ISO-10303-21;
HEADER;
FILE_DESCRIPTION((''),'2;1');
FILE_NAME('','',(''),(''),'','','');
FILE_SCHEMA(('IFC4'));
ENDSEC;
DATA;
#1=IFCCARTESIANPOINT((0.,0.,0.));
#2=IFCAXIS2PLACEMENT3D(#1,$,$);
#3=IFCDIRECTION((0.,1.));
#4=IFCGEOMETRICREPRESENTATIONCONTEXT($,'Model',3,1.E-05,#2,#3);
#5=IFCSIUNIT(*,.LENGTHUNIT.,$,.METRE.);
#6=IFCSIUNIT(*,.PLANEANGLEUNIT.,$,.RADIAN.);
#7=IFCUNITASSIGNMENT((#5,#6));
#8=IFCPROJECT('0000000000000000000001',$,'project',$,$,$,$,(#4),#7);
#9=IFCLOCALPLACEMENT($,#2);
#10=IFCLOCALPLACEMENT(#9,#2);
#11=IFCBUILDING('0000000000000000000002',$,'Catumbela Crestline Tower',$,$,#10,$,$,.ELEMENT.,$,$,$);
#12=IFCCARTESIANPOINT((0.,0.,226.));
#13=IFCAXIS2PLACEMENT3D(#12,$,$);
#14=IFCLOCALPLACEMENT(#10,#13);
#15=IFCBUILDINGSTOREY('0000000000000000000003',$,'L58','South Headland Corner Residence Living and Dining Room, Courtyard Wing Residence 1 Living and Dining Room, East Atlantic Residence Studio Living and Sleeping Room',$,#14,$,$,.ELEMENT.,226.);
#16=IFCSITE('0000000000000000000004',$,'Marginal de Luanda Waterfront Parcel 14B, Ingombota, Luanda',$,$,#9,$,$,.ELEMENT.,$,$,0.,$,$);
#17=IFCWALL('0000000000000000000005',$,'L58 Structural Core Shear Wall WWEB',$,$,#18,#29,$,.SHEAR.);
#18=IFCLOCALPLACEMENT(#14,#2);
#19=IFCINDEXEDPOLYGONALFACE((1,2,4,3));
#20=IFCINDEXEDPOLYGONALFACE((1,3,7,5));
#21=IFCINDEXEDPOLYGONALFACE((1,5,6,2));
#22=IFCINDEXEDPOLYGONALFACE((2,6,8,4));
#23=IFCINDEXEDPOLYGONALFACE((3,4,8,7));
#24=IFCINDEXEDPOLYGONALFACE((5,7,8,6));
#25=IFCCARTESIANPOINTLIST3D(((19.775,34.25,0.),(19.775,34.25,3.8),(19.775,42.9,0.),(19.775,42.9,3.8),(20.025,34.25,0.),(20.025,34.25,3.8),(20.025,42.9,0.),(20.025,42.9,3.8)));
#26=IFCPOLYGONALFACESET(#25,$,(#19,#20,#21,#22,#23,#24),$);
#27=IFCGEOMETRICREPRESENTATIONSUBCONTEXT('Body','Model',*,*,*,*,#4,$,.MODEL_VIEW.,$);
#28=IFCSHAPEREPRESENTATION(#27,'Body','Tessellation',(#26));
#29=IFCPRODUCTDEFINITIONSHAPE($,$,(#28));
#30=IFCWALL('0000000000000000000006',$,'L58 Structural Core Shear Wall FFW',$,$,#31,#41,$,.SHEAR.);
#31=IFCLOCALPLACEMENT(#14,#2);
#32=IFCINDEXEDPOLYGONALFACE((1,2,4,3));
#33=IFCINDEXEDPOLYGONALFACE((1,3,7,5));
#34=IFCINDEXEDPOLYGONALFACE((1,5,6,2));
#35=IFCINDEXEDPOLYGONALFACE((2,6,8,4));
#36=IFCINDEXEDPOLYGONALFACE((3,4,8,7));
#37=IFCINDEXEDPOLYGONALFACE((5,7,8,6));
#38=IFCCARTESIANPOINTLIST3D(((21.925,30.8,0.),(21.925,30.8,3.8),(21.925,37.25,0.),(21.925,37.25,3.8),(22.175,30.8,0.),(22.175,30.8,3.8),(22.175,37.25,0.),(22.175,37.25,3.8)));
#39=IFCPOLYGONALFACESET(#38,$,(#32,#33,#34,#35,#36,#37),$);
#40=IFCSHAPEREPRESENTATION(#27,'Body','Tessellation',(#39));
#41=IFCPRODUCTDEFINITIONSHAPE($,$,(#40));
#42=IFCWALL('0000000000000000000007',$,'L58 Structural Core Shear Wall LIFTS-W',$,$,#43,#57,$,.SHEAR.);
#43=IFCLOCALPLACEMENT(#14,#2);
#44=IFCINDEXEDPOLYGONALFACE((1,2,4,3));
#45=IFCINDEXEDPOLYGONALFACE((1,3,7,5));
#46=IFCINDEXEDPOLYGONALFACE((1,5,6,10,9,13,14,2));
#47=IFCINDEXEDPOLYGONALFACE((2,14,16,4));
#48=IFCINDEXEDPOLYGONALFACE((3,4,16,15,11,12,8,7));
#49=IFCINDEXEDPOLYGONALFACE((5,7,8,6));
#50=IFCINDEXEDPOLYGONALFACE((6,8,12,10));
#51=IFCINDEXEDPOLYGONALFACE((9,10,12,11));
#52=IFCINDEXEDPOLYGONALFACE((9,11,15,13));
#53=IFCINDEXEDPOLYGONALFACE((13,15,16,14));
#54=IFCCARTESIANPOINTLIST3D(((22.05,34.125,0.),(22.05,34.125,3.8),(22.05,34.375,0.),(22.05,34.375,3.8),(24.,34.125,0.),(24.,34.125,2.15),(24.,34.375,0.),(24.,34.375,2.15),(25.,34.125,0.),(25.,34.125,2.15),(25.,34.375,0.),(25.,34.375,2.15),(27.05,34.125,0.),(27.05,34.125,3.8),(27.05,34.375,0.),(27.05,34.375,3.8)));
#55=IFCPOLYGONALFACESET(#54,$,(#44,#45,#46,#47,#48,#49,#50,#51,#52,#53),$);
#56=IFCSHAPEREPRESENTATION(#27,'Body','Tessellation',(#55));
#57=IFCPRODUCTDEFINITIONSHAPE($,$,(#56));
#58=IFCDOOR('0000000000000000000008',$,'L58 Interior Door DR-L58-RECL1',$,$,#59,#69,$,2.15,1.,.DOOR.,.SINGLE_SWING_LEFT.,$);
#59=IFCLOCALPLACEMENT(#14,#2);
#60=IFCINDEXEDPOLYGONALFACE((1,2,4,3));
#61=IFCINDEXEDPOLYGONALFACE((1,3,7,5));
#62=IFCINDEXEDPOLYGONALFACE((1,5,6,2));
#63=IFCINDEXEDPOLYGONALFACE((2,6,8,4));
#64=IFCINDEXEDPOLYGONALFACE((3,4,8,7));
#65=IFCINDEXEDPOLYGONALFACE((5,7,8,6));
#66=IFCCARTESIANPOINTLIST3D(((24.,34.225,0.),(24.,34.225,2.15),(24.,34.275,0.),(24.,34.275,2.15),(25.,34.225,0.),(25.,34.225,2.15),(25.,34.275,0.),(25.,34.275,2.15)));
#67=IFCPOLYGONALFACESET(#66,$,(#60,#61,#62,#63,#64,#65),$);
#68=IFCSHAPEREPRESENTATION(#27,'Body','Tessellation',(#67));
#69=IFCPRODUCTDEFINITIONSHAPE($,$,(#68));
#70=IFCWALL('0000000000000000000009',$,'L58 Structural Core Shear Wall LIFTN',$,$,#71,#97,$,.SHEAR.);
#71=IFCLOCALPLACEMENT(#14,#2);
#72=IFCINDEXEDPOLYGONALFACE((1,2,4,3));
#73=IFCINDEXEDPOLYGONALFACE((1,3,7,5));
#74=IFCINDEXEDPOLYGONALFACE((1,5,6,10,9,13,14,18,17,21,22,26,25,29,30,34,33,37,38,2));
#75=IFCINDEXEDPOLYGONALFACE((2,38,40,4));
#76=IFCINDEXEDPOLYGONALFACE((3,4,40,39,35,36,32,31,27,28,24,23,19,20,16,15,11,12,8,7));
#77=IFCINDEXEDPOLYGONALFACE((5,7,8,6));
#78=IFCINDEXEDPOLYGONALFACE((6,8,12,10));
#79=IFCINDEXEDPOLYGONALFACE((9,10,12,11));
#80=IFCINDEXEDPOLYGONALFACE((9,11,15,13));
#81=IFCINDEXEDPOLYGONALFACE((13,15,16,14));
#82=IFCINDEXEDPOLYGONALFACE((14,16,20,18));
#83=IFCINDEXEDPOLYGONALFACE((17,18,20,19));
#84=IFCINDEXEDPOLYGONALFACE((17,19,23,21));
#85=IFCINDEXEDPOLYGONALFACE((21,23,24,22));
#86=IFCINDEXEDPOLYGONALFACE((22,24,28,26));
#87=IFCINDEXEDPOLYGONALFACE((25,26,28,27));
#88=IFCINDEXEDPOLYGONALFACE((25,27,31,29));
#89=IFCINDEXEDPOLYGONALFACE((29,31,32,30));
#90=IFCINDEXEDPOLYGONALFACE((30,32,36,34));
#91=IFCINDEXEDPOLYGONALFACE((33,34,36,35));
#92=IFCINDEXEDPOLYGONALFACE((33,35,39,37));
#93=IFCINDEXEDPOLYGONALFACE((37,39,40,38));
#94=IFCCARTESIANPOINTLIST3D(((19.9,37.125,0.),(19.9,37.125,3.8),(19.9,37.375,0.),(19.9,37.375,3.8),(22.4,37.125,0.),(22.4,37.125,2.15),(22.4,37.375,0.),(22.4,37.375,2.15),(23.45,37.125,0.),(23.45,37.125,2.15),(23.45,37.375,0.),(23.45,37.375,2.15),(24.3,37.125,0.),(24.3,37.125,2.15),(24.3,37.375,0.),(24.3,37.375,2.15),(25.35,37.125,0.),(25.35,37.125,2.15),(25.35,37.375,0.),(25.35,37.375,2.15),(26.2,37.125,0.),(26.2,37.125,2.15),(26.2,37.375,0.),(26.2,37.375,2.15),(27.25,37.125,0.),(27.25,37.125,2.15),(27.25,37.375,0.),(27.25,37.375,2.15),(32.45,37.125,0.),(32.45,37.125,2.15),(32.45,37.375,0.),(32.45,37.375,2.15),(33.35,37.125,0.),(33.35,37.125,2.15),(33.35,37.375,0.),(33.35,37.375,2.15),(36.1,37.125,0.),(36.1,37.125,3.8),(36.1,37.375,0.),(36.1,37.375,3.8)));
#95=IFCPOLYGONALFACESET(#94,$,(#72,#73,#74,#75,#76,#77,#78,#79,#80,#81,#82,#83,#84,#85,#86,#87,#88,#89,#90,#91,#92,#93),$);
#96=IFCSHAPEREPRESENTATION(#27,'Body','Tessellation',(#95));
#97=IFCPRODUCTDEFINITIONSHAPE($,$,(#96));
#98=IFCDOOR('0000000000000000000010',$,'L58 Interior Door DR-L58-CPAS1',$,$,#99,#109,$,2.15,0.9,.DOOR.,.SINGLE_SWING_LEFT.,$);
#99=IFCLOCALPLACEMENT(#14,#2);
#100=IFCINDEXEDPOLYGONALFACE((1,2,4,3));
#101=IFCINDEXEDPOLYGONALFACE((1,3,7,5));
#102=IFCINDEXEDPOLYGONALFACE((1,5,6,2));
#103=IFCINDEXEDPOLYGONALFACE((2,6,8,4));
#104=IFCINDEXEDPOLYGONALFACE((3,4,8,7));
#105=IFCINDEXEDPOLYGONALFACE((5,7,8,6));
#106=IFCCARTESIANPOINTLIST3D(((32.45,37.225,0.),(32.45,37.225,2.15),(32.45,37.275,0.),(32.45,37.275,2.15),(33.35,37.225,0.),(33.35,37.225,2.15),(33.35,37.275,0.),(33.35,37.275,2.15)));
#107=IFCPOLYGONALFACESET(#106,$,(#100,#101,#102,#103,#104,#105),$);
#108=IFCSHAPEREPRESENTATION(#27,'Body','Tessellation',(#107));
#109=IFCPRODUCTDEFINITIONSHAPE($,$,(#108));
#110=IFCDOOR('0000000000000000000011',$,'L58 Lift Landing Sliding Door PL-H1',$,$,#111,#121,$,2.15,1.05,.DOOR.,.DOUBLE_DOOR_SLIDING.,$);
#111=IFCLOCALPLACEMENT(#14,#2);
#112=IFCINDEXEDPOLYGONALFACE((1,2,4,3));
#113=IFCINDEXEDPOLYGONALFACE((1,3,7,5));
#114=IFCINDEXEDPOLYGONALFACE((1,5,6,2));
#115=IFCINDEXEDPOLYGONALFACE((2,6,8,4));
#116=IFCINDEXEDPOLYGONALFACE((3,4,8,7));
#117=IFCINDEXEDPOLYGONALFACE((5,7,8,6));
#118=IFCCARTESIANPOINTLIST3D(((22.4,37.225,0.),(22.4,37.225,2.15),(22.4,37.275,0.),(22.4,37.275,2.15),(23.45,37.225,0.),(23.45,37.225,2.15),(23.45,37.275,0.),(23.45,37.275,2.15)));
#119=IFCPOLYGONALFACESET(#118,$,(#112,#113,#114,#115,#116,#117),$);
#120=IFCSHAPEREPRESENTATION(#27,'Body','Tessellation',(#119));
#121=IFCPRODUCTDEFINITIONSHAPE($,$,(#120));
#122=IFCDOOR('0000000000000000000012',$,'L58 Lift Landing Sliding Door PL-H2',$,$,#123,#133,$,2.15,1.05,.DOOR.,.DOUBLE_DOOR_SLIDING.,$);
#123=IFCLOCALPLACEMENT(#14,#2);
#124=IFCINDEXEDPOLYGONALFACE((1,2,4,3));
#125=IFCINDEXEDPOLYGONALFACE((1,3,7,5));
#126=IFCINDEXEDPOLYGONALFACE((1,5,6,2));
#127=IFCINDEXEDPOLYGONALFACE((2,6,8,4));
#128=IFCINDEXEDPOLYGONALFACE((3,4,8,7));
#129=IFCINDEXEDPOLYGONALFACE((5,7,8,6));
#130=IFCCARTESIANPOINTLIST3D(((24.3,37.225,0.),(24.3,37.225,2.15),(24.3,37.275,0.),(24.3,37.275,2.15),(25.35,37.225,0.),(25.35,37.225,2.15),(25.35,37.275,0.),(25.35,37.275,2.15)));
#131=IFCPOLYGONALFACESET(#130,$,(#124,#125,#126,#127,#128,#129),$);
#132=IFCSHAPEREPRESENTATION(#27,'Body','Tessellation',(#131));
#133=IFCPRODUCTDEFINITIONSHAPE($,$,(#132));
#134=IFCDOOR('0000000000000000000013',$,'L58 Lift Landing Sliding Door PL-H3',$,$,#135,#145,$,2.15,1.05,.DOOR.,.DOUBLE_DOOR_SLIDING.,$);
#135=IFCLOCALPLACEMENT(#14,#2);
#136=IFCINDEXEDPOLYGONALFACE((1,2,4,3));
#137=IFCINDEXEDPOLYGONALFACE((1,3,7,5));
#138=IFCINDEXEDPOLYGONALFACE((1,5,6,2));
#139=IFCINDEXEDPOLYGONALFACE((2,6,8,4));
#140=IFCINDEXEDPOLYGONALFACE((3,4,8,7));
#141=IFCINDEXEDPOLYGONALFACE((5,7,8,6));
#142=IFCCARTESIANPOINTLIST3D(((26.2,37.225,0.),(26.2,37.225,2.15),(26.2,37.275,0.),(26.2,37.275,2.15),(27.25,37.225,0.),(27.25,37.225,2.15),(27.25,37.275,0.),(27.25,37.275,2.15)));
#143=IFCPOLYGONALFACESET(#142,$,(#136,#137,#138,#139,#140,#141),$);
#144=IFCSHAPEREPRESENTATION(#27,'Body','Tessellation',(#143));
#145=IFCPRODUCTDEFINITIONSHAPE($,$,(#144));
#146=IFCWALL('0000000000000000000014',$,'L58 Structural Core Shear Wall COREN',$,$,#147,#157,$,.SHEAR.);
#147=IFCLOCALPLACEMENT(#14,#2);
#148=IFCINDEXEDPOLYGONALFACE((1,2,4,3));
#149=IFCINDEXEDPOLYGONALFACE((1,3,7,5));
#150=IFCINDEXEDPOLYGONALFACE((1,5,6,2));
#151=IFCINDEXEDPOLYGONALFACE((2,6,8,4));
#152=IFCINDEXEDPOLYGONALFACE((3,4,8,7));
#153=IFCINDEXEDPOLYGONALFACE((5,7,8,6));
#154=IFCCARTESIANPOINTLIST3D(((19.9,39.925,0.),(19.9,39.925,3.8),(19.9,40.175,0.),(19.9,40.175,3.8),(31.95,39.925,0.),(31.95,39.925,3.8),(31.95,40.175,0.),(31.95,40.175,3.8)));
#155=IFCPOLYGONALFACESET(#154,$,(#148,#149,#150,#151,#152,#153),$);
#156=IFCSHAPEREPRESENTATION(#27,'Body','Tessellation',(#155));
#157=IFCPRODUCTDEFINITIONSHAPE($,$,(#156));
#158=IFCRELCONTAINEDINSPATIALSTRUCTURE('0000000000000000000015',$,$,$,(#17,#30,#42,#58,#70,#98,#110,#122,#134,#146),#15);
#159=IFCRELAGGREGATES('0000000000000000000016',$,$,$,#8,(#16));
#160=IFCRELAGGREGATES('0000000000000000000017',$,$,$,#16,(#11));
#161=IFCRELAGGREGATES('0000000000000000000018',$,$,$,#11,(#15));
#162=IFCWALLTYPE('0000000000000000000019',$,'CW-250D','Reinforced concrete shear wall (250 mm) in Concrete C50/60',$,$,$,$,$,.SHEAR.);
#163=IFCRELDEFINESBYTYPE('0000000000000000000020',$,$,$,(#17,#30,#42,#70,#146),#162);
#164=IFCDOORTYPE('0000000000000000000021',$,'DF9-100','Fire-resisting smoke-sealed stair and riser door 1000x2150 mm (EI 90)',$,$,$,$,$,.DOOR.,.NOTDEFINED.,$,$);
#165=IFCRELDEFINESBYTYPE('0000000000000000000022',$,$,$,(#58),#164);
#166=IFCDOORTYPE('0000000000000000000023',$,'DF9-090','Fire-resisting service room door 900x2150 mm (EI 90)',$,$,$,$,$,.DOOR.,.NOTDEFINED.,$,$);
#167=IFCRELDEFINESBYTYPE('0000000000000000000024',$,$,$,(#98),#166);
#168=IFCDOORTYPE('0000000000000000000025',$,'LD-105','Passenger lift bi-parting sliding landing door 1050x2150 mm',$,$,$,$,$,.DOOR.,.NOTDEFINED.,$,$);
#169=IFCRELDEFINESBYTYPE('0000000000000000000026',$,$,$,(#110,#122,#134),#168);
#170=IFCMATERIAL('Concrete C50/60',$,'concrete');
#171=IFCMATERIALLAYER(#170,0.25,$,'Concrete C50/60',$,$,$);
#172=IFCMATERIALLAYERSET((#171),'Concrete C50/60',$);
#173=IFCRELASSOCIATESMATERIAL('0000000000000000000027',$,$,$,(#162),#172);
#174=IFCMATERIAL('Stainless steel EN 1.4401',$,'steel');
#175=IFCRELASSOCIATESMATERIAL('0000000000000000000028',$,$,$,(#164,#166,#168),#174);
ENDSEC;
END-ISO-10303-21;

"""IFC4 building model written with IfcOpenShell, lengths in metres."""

from ifc_helpers import new_model, si_unit, direction, frame, frame_2d, origin, place, context, subcontext, project, spatial, rectangle, extrude, material, layer, layer_set, type_object, element, fill, save


model = new_model("IFC4")

# Units and contexts
model_context = context("Model", 3, precision=1e-05, world=origin(), true_north=direction((0.0, 1.0)))
body_context = subcontext(model_context, "Body", "Model", "MODEL_VIEW")
ifc_project = project(units=[si_unit("LENGTHUNIT", "METRE"), si_unit("PLANEANGLEUNIT", "RADIAN")], contexts=[model_context])

# Site, building, storey
site_placement = place(None, origin())
site = spatial("IfcSite", under=ifc_project, at=site_placement, Name="Marginal de Luanda Waterfront Parcel 14B, Ingombota, Luanda", CompositionType="ELEMENT", RefElevation=0.0)
building_placement = place(site_placement, origin())
building = spatial("IfcBuilding", under=site, at=building_placement, Name="Catumbela Crestline Tower", CompositionType="ELEMENT")
storey_placement = place(building_placement, frame((0.0, 0.0, 226.0)))
storey = spatial("IfcBuildingStorey", under=building, at=storey_placement, Name="L58", Description="South Headland Corner Residence Living and Dining Room, Courtyard Wing Residence 1 Living and Dining Room, East Atlantic Residence Studio Living and Sleeping Room", CompositionType="ELEMENT", Elevation=226.0)

# Walls
ifc_material_1 = material(Name="Concrete C50/60", Category="concrete")
ifc_layer_1 = layer(ifc_material_1, 0.25, Name="Concrete C50/60")
ifc_layer_set_1 = layer_set([ifc_layer_1], Name="Concrete C50/60")
wall_type_1 = type_object("IfcWallType", Name="CW-250D", Description="Reinforced concrete shear wall (250 mm) in Concrete C50/60", PredefinedType="SHEAR", material=ifc_layer_set_1)
wall_1_placement = place(storey_placement, frame((19.9, 34.25, 0.0), z_axis=(0.0, 0.0, 1.0), x_axis=(0.0, 1.0, 0.0)))
element("IfcWall", 1, at=wall_1_placement, inside=storey, type_object=wall_type_1, Name="L58 Structural Core Shear Wall WWEB", PredefinedType="SHEAR", context=body_context, shape_type="SweptSolid", body=[
    extrude(rectangle(XDim=8.65, YDim=0.25, at=frame_2d((4.325, 0.0))), origin(), (0.0, 0.0, 1.0), 3.8),
])
wall_2_placement = place(storey_placement, frame((22.05, 30.8, 0.0), z_axis=(0.0, 0.0, 1.0), x_axis=(0.0, 1.0, 0.0)))
element("IfcWall", 2, at=wall_2_placement, inside=storey, type_object=wall_type_1, Name="L58 Structural Core Shear Wall FFW", PredefinedType="SHEAR", context=body_context, shape_type="SweptSolid", body=[
    extrude(rectangle(XDim=6.45, YDim=0.25, at=frame_2d((3.225, 0.0))), origin(), (0.0, 0.0, 1.0), 3.8),
])

# Wall, opening, door
wall_3_placement = place(storey_placement, frame((22.05, 34.25, 0.0), z_axis=(0.0, 0.0, 1.0), x_axis=(1.0, 0.0, 0.0)))
wall_3 = element("IfcWall", 3, at=wall_3_placement, inside=storey, type_object=wall_type_1, Name="L58 Structural Core Shear Wall LIFTS-W", PredefinedType="SHEAR", context=body_context, shape_type="SweptSolid", body=[
    extrude(rectangle(XDim=5.0, YDim=0.25, at=frame_2d((2.5, 0.0))), origin(), (0.0, 0.0, 1.0), 3.8),
])
opening_1_placement = place(wall_3_placement, frame((1.95, 0.0, 0.0)))
opening_1 = element("IfcOpeningElement", 4, at=opening_1_placement, cuts=wall_3, PredefinedType="OPENING", context=body_context, shape_type="SweptSolid", body=[
    extrude(rectangle(XDim=1.0, YDim=2.15, at=frame_2d((0.5, 1.075))), frame((0.0, 0.135, 0.0), z_axis=(0.0, -1.0, 0.0), x_axis=(1.0, 0.0, 0.0)), (0.0, 0.0, 1.0), 0.27),
])
ifc_material_2 = material(Name="Stainless steel EN 1.4401", Category="steel")
door_type_1 = type_object("IfcDoorType", Name="DF9-100", Description="Fire-resisting smoke-sealed stair and riser door 1000x2150 mm (EI 90)", OperationType="NOTDEFINED", PredefinedType="DOOR", material=ifc_material_2)
door_1_placement = place(opening_1_placement, origin())
door_1 = element("IfcDoor", 5, at=door_1_placement, inside=storey, type_object=door_type_1, Name="L58 Interior Door DR-L58-RECL1", OperationType="SINGLE_SWING_LEFT", OverallHeight=2.15, OverallWidth=1.0, PredefinedType="DOOR", context=body_context, shape_type="SweptSolid", body=[
    extrude(rectangle(XDim=1.0, YDim=2.15, at=frame_2d((0.5, 1.075))), frame((0.0, 0.025, 0.0), z_axis=(0.0, -1.0, 0.0), x_axis=(1.0, 0.0, 0.0)), (0.0, 0.0, 1.0), 0.05),
])
fill(opening_1, door_1)

# Wall, openings, doors
wall_4_placement = place(storey_placement, frame((19.9, 37.25, 0.0), z_axis=(0.0, 0.0, 1.0), x_axis=(1.0, 0.0, 0.0)))
wall_4 = element("IfcWall", 6, at=wall_4_placement, inside=storey, type_object=wall_type_1, Name="L58 Structural Core Shear Wall LIFTN", PredefinedType="SHEAR", context=body_context, shape_type="SweptSolid", body=[
    extrude(rectangle(XDim=16.2, YDim=0.25, at=frame_2d((8.1, 0.0))), origin(), (0.0, 0.0, 1.0), 3.8),
])
opening_2_placement = place(wall_4_placement, frame((12.55, 0.0, 0.0)))
opening_2 = element("IfcOpeningElement", 7, at=opening_2_placement, cuts=wall_4, PredefinedType="OPENING", context=body_context, shape_type="SweptSolid", body=[
    extrude(rectangle(XDim=0.9, YDim=2.15, at=frame_2d((0.45, 1.075))), frame((0.0, 0.135, 0.0), z_axis=(0.0, -1.0, 0.0), x_axis=(1.0, 0.0, 0.0)), (0.0, 0.0, 1.0), 0.27),
])
opening_3_placement = place(wall_4_placement, frame((2.5, 0.0, 0.0)))
opening_3 = element("IfcOpeningElement", 8, at=opening_3_placement, cuts=wall_4, PredefinedType="OPENING", context=body_context, shape_type="SweptSolid", body=[
    extrude(rectangle(XDim=1.05, YDim=2.15, at=frame_2d((0.525, 1.075))), frame((0.0, 0.135, 0.0), z_axis=(0.0, -1.0, 0.0), x_axis=(1.0, 0.0, 0.0)), (0.0, 0.0, 1.0), 0.27),
])
opening_4_placement = place(wall_4_placement, frame((4.4, 0.0, 0.0)))
opening_4 = element("IfcOpeningElement", 9, at=opening_4_placement, cuts=wall_4, PredefinedType="OPENING", context=body_context, shape_type="SweptSolid", body=[
    extrude(rectangle(XDim=1.05, YDim=2.15, at=frame_2d((0.525, 1.075))), frame((0.0, 0.135, 0.0), z_axis=(0.0, -1.0, 0.0), x_axis=(1.0, 0.0, 0.0)), (0.0, 0.0, 1.0), 0.27),
])
opening_5_placement = place(wall_4_placement, frame((6.3, 0.0, 0.0)))
opening_5 = element("IfcOpeningElement", 10, at=opening_5_placement, cuts=wall_4, PredefinedType="OPENING", context=body_context, shape_type="SweptSolid", body=[
    extrude(rectangle(XDim=1.05, YDim=2.15, at=frame_2d((0.525, 1.075))), frame((0.0, 0.135, 0.0), z_axis=(0.0, -1.0, 0.0), x_axis=(1.0, 0.0, 0.0)), (0.0, 0.0, 1.0), 0.27),
])
door_type_2 = type_object("IfcDoorType", Name="DF9-090", Description="Fire-resisting service room door 900x2150 mm (EI 90)", OperationType="NOTDEFINED", PredefinedType="DOOR", material=ifc_material_2)
door_2_placement = place(opening_2_placement, origin())
door_2 = element("IfcDoor", 11, at=door_2_placement, inside=storey, type_object=door_type_2, Name="L58 Interior Door DR-L58-CPAS1", OperationType="SINGLE_SWING_LEFT", OverallHeight=2.15, OverallWidth=0.9, PredefinedType="DOOR", context=body_context, shape_type="SweptSolid", body=[
    extrude(rectangle(XDim=0.9, YDim=2.15, at=frame_2d((0.45, 1.075))), frame((0.0, 0.025, 0.0), z_axis=(0.0, -1.0, 0.0), x_axis=(1.0, 0.0, 0.0)), (0.0, 0.0, 1.0), 0.05),
])
fill(opening_2, door_2)
door_type_3 = type_object("IfcDoorType", Name="LD-105", Description="Passenger lift bi-parting sliding landing door 1050x2150 mm", OperationType="NOTDEFINED", PredefinedType="DOOR", material=ifc_material_2)
door_3_placement = place(opening_3_placement, origin())
door_3 = element("IfcDoor", 12, at=door_3_placement, inside=storey, type_object=door_type_3, Name="L58 Lift Landing Sliding Door PL-H1", OperationType="DOUBLE_DOOR_SLIDING", OverallHeight=2.15, OverallWidth=1.05, PredefinedType="DOOR", context=body_context, shape_type="SweptSolid", body=[
    extrude(rectangle(XDim=1.05, YDim=2.15, at=frame_2d((0.525, 1.075))), frame((0.0, 0.025, 0.0), z_axis=(0.0, -1.0, 0.0), x_axis=(1.0, 0.0, 0.0)), (0.0, 0.0, 1.0), 0.05),
])
fill(opening_3, door_3)
door_4_placement = place(opening_4_placement, origin())
door_4 = element("IfcDoor", 13, at=door_4_placement, inside=storey, type_object=door_type_3, Name="L58 Lift Landing Sliding Door PL-H2", OperationType="DOUBLE_DOOR_SLIDING", OverallHeight=2.15, OverallWidth=1.05, PredefinedType="DOOR", context=body_context, shape_type="SweptSolid", body=[
    extrude(rectangle(XDim=1.05, YDim=2.15, at=frame_2d((0.525, 1.075))), frame((0.0, 0.025, 0.0), z_axis=(0.0, -1.0, 0.0), x_axis=(1.0, 0.0, 0.0)), (0.0, 0.0, 1.0), 0.05),
])
fill(opening_4, door_4)
door_5_placement = place(opening_5_placement, origin())
door_5 = element("IfcDoor", 14, at=door_5_placement, inside=storey, type_object=door_type_3, Name="L58 Lift Landing Sliding Door PL-H3", OperationType="DOUBLE_DOOR_SLIDING", OverallHeight=2.15, OverallWidth=1.05, PredefinedType="DOOR", context=body_context, shape_type="SweptSolid", body=[
    extrude(rectangle(XDim=1.05, YDim=2.15, at=frame_2d((0.525, 1.075))), frame((0.0, 0.025, 0.0), z_axis=(0.0, -1.0, 0.0), x_axis=(1.0, 0.0, 0.0)), (0.0, 0.0, 1.0), 0.05),
])
fill(opening_5, door_5)

# Wall
wall_5_placement = place(storey_placement, frame((19.9, 40.05, 0.0), z_axis=(0.0, 0.0, 1.0), x_axis=(1.0, 0.0, 0.0)))
element("IfcWall", 15, at=wall_5_placement, inside=storey, type_object=wall_type_1, Name="L58 Structural Core Shear Wall COREN", PredefinedType="SHEAR", context=body_context, shape_type="SweptSolid", body=[
    extrude(rectangle(XDim=12.05, YDim=0.25, at=frame_2d((6.025, 0.0))), origin(), (0.0, 0.0, 1.0), 3.8),
])

save(model, "model.ifc")
